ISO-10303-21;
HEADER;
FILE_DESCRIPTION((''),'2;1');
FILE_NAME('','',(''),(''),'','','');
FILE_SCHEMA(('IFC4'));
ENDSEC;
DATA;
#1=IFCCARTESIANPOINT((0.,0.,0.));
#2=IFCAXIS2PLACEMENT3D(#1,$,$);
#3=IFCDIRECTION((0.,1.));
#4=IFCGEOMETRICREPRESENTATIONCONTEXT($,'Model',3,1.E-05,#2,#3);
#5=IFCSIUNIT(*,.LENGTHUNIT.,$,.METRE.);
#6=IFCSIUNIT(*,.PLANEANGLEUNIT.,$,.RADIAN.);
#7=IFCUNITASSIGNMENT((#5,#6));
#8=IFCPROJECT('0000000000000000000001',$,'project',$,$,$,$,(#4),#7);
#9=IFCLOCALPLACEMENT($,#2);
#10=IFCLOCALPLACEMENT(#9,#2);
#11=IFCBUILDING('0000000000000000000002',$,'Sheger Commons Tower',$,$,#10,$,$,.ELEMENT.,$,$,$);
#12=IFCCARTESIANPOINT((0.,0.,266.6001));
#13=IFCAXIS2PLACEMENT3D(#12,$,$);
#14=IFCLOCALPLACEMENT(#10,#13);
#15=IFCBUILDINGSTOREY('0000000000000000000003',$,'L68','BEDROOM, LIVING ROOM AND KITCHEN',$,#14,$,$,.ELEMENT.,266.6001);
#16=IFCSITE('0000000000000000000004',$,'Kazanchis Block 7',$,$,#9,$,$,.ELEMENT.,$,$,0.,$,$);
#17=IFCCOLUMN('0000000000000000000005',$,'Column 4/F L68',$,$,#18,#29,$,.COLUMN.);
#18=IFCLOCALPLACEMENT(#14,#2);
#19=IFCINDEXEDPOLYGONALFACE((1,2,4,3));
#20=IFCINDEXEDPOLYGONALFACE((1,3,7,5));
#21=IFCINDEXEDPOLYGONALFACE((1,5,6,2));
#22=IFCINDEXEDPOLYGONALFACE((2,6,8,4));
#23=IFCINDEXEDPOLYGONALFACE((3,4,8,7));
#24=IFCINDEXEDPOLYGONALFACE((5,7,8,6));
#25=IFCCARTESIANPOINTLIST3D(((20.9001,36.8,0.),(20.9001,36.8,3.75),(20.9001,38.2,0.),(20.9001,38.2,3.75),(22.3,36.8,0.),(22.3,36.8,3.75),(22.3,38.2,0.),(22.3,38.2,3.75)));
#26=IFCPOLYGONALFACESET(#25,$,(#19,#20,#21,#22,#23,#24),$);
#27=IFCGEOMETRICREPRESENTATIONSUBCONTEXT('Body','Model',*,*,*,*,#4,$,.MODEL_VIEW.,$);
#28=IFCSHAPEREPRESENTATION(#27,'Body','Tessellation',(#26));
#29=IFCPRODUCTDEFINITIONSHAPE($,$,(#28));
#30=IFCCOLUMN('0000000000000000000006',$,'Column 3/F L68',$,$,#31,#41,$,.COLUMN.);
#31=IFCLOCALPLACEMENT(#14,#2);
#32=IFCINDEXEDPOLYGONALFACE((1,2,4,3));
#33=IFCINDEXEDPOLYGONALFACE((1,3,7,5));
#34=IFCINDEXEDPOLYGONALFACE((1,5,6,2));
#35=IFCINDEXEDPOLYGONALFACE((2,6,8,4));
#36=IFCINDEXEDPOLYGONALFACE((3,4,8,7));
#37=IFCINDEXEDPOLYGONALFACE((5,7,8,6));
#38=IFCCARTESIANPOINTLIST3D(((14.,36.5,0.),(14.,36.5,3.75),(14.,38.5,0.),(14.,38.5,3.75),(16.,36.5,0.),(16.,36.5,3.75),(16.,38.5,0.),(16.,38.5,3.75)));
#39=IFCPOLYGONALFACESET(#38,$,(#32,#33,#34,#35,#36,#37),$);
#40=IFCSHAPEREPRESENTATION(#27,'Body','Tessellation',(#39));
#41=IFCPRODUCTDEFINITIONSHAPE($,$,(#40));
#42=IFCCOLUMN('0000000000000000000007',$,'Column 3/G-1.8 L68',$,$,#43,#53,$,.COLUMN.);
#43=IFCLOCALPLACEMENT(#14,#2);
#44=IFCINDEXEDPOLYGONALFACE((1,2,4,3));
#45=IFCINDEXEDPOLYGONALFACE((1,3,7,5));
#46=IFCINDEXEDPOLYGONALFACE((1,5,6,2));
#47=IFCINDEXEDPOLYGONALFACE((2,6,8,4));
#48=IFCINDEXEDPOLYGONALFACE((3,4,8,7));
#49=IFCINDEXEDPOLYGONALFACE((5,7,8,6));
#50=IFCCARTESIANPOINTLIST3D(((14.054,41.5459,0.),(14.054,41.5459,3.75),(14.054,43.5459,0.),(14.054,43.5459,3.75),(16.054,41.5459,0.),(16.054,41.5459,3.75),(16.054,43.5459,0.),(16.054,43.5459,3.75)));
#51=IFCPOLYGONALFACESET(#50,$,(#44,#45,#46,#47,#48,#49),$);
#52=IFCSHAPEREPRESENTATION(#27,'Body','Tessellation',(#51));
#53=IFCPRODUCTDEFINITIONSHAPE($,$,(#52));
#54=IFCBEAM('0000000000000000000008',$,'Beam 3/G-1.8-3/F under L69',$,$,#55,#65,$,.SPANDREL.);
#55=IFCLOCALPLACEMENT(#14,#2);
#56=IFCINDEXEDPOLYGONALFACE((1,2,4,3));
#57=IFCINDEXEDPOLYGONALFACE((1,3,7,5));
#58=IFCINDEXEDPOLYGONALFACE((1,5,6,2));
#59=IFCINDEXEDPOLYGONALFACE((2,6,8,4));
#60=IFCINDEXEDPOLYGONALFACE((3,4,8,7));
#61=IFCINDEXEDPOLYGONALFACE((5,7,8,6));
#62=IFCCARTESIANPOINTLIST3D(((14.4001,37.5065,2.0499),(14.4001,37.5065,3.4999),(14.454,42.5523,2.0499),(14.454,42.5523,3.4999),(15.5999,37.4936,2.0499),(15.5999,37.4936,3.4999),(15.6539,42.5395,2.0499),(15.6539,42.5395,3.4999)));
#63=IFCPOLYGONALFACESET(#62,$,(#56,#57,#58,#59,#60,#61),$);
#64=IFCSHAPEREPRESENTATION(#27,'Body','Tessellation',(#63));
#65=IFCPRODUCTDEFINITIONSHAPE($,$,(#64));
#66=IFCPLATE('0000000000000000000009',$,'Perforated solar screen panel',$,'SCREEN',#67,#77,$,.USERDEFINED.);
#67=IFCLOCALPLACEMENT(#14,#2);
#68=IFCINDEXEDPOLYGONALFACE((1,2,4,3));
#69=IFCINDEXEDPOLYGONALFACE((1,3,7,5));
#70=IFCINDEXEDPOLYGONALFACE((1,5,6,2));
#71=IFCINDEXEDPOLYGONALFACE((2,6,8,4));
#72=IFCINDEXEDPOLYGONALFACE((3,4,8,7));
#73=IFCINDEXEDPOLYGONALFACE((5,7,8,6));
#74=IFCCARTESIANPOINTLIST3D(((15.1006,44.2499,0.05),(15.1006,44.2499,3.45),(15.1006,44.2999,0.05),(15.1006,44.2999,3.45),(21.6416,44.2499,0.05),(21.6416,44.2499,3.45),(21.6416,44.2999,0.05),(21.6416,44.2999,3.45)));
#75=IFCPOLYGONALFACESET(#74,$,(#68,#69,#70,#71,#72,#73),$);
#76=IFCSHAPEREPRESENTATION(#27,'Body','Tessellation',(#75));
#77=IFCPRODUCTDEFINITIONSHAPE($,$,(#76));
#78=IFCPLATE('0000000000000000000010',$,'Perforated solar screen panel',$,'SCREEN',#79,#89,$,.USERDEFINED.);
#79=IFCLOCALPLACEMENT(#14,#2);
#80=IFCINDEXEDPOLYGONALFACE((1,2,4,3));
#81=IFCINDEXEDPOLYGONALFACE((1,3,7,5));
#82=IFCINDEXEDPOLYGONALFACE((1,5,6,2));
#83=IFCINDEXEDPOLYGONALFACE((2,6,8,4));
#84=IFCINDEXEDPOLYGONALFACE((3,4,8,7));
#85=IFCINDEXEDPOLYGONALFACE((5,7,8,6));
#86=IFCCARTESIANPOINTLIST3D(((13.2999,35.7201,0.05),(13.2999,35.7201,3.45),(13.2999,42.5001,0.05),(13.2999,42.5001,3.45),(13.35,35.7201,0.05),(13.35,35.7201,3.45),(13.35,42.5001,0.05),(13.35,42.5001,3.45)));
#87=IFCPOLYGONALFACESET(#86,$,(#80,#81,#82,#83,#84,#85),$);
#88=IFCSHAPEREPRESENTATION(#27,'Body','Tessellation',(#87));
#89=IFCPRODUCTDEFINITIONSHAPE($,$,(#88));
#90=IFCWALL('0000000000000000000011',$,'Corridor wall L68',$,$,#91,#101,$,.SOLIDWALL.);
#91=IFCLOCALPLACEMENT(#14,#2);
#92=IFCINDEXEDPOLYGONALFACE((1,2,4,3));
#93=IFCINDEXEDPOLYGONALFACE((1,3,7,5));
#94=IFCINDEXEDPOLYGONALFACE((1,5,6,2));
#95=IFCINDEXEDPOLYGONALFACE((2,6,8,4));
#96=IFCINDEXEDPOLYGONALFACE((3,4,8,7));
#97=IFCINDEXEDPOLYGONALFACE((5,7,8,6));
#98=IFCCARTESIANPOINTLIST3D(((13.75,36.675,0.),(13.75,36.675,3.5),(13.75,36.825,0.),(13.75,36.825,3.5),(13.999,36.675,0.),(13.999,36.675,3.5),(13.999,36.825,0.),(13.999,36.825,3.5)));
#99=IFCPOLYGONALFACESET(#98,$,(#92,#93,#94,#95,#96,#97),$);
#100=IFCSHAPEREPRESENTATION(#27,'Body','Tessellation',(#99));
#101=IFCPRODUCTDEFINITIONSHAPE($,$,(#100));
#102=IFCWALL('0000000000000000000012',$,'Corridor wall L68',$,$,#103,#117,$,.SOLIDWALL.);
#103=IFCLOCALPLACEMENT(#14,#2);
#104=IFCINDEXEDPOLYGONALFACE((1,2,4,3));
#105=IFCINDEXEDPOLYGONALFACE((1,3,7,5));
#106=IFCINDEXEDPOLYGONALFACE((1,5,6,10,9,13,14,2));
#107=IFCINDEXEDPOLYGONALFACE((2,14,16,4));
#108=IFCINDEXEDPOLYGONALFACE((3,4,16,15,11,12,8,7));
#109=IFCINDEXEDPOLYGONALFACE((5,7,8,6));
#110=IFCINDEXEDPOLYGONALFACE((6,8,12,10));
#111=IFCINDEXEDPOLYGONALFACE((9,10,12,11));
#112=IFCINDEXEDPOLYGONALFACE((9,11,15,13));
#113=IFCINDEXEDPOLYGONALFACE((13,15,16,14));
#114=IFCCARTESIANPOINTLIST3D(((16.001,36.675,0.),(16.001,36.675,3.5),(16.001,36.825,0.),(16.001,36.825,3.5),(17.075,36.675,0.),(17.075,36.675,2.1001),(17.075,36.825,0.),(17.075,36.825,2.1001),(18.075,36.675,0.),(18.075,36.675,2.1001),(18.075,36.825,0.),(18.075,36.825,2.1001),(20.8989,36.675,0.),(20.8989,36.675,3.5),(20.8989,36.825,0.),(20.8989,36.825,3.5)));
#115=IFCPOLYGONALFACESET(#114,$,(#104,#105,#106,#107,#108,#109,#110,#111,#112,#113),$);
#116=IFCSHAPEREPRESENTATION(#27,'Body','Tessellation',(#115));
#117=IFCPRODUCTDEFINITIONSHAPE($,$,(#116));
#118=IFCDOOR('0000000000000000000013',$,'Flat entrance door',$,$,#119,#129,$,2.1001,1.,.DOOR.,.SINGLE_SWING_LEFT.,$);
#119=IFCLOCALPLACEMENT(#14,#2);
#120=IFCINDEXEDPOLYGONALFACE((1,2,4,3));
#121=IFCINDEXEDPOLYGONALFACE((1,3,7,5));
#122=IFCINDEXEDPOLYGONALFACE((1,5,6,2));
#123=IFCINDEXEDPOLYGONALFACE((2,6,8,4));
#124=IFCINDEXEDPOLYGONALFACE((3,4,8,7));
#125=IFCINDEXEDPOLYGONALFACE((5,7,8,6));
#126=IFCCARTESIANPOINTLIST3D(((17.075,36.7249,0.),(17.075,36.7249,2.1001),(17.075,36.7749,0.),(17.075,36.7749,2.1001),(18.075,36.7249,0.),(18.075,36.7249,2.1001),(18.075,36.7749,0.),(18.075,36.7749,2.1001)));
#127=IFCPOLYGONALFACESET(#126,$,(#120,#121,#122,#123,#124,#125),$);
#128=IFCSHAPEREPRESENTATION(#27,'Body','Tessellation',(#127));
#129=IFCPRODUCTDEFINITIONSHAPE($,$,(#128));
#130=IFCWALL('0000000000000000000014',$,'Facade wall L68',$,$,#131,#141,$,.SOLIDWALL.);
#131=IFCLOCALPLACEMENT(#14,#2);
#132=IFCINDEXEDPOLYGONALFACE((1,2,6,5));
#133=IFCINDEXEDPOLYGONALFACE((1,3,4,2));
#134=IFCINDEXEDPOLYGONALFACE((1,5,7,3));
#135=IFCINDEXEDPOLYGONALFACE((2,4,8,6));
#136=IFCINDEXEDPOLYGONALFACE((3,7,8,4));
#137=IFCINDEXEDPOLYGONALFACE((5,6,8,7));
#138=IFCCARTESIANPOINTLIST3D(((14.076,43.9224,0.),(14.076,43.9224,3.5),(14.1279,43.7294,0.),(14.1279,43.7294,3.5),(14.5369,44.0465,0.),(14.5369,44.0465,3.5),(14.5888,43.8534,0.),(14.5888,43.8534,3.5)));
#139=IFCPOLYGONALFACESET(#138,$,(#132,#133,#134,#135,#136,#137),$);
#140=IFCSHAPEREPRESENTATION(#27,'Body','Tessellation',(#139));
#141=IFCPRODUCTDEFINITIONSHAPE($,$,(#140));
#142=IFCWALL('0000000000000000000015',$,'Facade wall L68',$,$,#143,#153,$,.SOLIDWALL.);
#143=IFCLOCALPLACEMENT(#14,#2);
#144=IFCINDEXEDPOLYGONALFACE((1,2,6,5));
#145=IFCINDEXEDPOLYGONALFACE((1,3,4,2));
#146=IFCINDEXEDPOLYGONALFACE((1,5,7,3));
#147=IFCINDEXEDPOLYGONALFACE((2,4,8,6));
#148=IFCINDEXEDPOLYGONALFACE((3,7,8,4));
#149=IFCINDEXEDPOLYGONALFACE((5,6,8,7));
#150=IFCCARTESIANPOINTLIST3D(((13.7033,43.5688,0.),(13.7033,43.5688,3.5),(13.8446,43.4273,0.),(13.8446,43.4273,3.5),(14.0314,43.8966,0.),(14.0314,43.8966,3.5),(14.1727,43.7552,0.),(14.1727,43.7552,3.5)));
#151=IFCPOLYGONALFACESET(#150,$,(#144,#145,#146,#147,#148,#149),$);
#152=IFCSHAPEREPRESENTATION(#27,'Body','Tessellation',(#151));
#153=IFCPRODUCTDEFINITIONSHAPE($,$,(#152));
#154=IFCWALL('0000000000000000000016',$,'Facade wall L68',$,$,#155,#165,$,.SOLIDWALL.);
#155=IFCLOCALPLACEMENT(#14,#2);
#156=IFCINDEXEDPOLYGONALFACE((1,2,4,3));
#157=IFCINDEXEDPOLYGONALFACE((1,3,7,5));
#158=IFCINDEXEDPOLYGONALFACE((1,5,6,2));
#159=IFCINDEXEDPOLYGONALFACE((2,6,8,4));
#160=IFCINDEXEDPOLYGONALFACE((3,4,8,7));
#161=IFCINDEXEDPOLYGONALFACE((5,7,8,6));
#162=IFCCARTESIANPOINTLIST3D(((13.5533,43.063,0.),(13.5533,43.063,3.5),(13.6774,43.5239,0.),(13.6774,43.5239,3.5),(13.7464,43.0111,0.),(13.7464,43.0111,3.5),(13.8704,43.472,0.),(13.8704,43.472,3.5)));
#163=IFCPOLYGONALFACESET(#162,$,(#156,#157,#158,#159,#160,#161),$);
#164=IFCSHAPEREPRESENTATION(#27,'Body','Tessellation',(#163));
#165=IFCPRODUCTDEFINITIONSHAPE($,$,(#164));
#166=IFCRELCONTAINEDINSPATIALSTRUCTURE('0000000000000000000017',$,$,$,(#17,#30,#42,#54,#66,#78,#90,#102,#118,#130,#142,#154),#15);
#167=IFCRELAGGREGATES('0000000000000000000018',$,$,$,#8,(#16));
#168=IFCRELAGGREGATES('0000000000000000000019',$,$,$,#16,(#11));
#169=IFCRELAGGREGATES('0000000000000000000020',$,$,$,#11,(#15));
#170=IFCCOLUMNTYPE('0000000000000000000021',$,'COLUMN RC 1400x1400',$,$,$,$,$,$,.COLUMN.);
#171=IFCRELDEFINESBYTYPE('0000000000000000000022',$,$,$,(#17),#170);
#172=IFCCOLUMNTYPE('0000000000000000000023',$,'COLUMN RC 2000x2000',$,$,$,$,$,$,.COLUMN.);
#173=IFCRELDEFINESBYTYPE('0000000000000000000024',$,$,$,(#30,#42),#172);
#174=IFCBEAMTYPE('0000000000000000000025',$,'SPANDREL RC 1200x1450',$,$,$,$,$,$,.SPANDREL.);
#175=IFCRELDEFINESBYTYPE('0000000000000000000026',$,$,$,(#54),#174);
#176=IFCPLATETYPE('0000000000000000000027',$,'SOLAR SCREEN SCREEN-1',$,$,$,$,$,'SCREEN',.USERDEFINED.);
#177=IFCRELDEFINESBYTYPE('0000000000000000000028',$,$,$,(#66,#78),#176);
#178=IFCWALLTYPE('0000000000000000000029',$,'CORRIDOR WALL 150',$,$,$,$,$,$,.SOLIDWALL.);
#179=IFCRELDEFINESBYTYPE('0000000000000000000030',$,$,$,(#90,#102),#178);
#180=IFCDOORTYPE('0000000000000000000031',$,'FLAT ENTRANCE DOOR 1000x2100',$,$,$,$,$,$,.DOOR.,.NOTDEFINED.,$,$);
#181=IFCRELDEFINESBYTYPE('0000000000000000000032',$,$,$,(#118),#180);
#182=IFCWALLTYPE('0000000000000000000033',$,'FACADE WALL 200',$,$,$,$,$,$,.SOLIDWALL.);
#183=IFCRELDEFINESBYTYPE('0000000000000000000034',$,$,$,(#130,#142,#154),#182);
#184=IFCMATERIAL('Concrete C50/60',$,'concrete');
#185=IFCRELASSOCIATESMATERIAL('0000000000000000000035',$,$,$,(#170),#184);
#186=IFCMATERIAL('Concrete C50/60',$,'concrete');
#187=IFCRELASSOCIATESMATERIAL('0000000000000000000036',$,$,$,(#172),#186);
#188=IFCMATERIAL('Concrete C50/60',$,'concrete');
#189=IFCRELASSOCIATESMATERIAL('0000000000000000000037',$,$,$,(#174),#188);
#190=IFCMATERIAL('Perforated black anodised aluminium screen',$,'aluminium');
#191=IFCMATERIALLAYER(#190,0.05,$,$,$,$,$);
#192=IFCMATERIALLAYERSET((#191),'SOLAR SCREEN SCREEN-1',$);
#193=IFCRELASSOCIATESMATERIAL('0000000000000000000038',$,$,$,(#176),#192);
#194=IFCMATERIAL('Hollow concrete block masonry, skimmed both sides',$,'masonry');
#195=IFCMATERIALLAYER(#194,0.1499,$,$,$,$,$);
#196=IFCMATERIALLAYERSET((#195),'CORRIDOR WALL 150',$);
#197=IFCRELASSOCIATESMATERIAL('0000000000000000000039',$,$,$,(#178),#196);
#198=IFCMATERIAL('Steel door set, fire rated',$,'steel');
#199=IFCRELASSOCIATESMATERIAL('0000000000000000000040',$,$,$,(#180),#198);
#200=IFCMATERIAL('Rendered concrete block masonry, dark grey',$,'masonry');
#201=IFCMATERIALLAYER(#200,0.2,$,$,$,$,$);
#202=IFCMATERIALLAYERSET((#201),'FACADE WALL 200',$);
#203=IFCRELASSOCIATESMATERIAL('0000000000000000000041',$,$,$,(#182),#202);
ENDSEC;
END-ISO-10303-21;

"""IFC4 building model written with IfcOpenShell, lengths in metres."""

from ifc_helpers import new_model, si_unit, direction, frame, frame_2d, origin, origin_2d, place, context, subcontext, project, spatial, rectangle, extrude, material, layer, layer_set, material_profile, profile_set, type_object, element, fill, save


model = new_model("IFC4")

# Units and contexts
model_context = context("Model", 3, precision=1e-05, world=origin(), true_north=direction((0.0, 1.0)))
body_context = subcontext(model_context, "Body", "Model", "MODEL_VIEW")
ifc_project = project(units=[si_unit("LENGTHUNIT", "METRE"), si_unit("PLANEANGLEUNIT", "RADIAN")], contexts=[model_context])

# Site, building, storey
site_placement = place(None, origin())
site = spatial("IfcSite", under=ifc_project, at=site_placement, Name="Kazanchis Block 7", CompositionType="ELEMENT", RefElevation=0.0)
building_placement = place(site_placement, origin())
building = spatial("IfcBuilding", under=site, at=building_placement, Name="Sheger Commons Tower", CompositionType="ELEMENT")
storey_placement = place(building_placement, frame((0.0, 0.0, 266.6001)))
storey = spatial("IfcBuildingStorey", under=building, at=storey_placement, Name="L68", Description="BEDROOM, LIVING ROOM AND KITCHEN", CompositionType="ELEMENT", Elevation=266.6001)

# Columns
ifc_material_1 = material(Name="Concrete C50/60", Category="concrete")
ifc_material_profile_1 = material_profile(ifc_material_1, rectangle(XDim=1.3999, YDim=1.3999, at=origin_2d()), Name="RC 1400x1400")
ifc_profile_set_1 = profile_set([ifc_material_profile_1], Name="Concrete C50/60")
column_type_1 = type_object("IfcColumnType", Name="COLUMN RC 1400x1400", PredefinedType="COLUMN", material=ifc_profile_set_1)
column_placement = place(storey_placement, frame((21.6001, 37.5, 0.0), z_axis=(0.0, 0.0, 1.0), x_axis=(1.0, 0.0, 0.0)))
element("IfcColumn", 1, at=column_placement, inside=storey, type_object=column_type_1, Name="Column 4/F L68", PredefinedType="COLUMN", context=body_context, shape_type="SweptSolid", body=[
    extrude(rectangle(XDim=1.3999, YDim=1.3999, at=origin_2d()), origin(), (0.0, 0.0, 1.0), 3.75),
])
ifc_material_2 = material(Name="Concrete C50/60", Category="concrete")
ifc_material_profile_2 = material_profile(ifc_material_2, rectangle(XDim=2.0, YDim=2.0, at=origin_2d()), Name="RC 2000x2000")
ifc_profile_set_2 = profile_set([ifc_material_profile_2], Name="Concrete C50/60")
column_type_2 = type_object("IfcColumnType", Name="COLUMN RC 2000x2000", PredefinedType="COLUMN", material=ifc_profile_set_2)
for number, where, z_axis, x_axis, name in (
    (2, (15.0, 37.5, 0.0), (0.0, 0.0, 1.0), (1.0, 0.0, 0.0), "Column 3/F L68"),
    (3, (15.054, 42.5459, 0.0), (0.0, 0.0, 1.0), (1.0, 0.0, 0.0), "Column 3/G-1.8 L68"),
):
    element("IfcColumn", number, at=place(storey_placement, frame(where, z_axis=z_axis, x_axis=x_axis)), inside=storey, type_object=column_type_2, Name=name, PredefinedType="COLUMN", context=body_context, shape_type="SweptSolid", body=[
        extrude(rectangle(XDim=2.0, YDim=2.0, at=origin_2d()), origin(), (0.0, 0.0, 1.0), 3.75),
    ])

# Beam
ifc_material_3 = material(Name="Concrete C50/60", Category="concrete")
ifc_material_profile_3 = material_profile(ifc_material_3, rectangle(XDim=1.2, YDim=1.45, at=origin_2d()), Name="RC 1200x1450")
ifc_profile_set_3 = profile_set([ifc_material_profile_3], Name="Concrete C50/60")
beam_type = type_object("IfcBeamType", Name="SPANDREL RC 1200x1450", PredefinedType="SPANDREL", material=ifc_profile_set_3)
beam_placement = place(storey_placement, frame((15.054, 42.5459, 2.7749), z_axis=(-0.010692, -0.999943, 0.0), x_axis=(0.999943, -0.010692, 0.0)))
element("IfcBeam", 4, at=beam_placement, inside=storey, type_object=beam_type, Name="Beam 3/G-1.8-3/F under L69", PredefinedType="SPANDREL", context=body_context, shape_type="SweptSolid", body=[
    extrude(rectangle(XDim=1.2, YDim=1.45, at=origin_2d()), origin(), (0.0, 0.0, 1.0), 5.0461),
])

# Plates
ifc_material_4 = material(Name="Perforated black anodised aluminium screen", Category="aluminium")
ifc_layer_1 = layer(ifc_material_4, 0.05)
ifc_layer_set_1 = layer_set([ifc_layer_1], Name="SOLAR SCREEN SCREEN-1")
plate_type = type_object("IfcPlateType", Name="SOLAR SCREEN SCREEN-1", ElementType="SCREEN", PredefinedType="USERDEFINED", material=ifc_layer_set_1)
plate_1_placement = place(storey_placement, frame((18.3711, 44.2749, 0.05), z_axis=(0.0, 0.0, 1.0), x_axis=(-1.0, 0.0, 0.0)))
element("IfcPlate", 5, at=plate_1_placement, inside=storey, type_object=plate_type, Name="Perforated solar screen panel", ObjectType="SCREEN", PredefinedType="USERDEFINED", context=body_context, shape_type="SweptSolid", body=[
    extrude(rectangle(XDim=6.541, YDim=0.05, at=origin_2d()), origin(), (0.0, 0.0, 1.0), 3.3999),
])
plate_2_placement = place(storey_placement, frame((13.325, 39.1101, 0.05), z_axis=(0.0, 0.0, 1.0), x_axis=(0.0, -1.0, 0.0)))
element("IfcPlate", 6, at=plate_2_placement, inside=storey, type_object=plate_type, Name="Perforated solar screen panel", ObjectType="SCREEN", PredefinedType="USERDEFINED", context=body_context, shape_type="SweptSolid", body=[
    extrude(rectangle(XDim=6.78, YDim=0.05, at=origin_2d()), origin(), (0.0, 0.0, 1.0), 3.3999),
])

# Wall
ifc_material_5 = material(Name="Hollow concrete block masonry, skimmed both sides", Category="masonry")
ifc_layer_2 = layer(ifc_material_5, 0.1499)
ifc_layer_set_2 = layer_set([ifc_layer_2], Name="CORRIDOR WALL 150")
wall_type_1 = type_object("IfcWallType", Name="CORRIDOR WALL 150", PredefinedType="SOLIDWALL", material=ifc_layer_set_2)
wall_1_placement = place(storey_placement, frame((13.75, 36.75, 0.0), z_axis=(0.0, 0.0, 1.0), x_axis=(1.0, 0.0, 0.0)))
element("IfcWall", 7, at=wall_1_placement, inside=storey, type_object=wall_type_1, Name="Corridor wall L68", PredefinedType="SOLIDWALL", context=body_context, shape_type="SweptSolid", body=[
    extrude(rectangle(XDim=0.249, YDim=0.1499, at=frame_2d((0.1245, 0.0))), origin(), (0.0, 0.0, 1.0), 3.5),
])

# Wall, opening, door
wall_2_placement = place(storey_placement, frame((16.001, 36.75, 0.0), z_axis=(0.0, 0.0, 1.0), x_axis=(1.0, 0.0, 0.0)))
wall_2 = element("IfcWall", 8, at=wall_2_placement, inside=storey, type_object=wall_type_1, Name="Corridor wall L68", PredefinedType="SOLIDWALL", context=body_context, shape_type="SweptSolid", body=[
    extrude(rectangle(XDim=4.8979, YDim=0.1499, at=frame_2d((2.449, 0.0))), origin(), (0.0, 0.0, 1.0), 3.5),
])
opening_1_placement = place(wall_2_placement, frame((1.074, 0.0, 0.0)))
opening_1 = element("IfcOpeningElement", 9, at=opening_1_placement, cuts=wall_2, PredefinedType="OPENING", context=body_context, shape_type="SweptSolid", body=[
    extrude(rectangle(XDim=1.0, YDim=2.1001, at=frame_2d((0.5, 1.05))), frame((0.0, 0.085, 0.0), z_axis=(0.0, -1.0, 0.0), x_axis=(1.0, 0.0, 0.0)), (0.0, 0.0, 1.0), 0.1699),
])
ifc_material_6 = material(Name="Steel door set, fire rated", Category="steel")
door_type_1 = type_object("IfcDoorType", Name="FLAT ENTRANCE DOOR 1000x2100", OperationType="NOTDEFINED", PredefinedType="DOOR", material=ifc_material_6)
door_1_placement = place(opening_1_placement, origin())
door_1 = element("IfcDoor", 10, at=door_1_placement, inside=storey, type_object=door_type_1, Name="Flat entrance door", OperationType="SINGLE_SWING_LEFT", OverallHeight=2.1001, OverallWidth=1.0, PredefinedType="DOOR", context=body_context, shape_type="SweptSolid", body=[
    extrude(rectangle(XDim=1.0, YDim=2.1001, at=frame_2d((0.5, 1.05))), frame((0.0, 0.0249, 0.0), z_axis=(0.0, -1.0, 0.0), x_axis=(1.0, 0.0, 0.0)), (0.0, 0.0, 1.0), 0.05),
])
fill(opening_1, door_1)

# Walls
ifc_material_7 = material(Name="Rendered concrete block masonry, dark grey", Category="masonry")
ifc_layer_3 = layer(ifc_material_7, 0.2)
ifc_layer_set_3 = layer_set([ifc_layer_3], Name="FACADE WALL 200")
wall_type_2 = type_object("IfcWallType", Name="FACADE WALL 200", PredefinedType="SOLIDWALL", material=ifc_layer_set_3)
wall_3_placement = place(storey_placement, frame((14.563, 43.95, 0.0), z_axis=(0.0, 0.0, 1.0), x_axis=(-0.965655, -0.259827, 0.0)))
element("IfcWall", 11, at=wall_3_placement, inside=storey, type_object=wall_type_2, Name="Facade wall L68", PredefinedType="SOLIDWALL", context=body_context, shape_type="SweptSolid", body=[
    extrude(rectangle(XDim=0.4773, YDim=0.2, at=frame_2d((0.2388, 0.0))), origin(), (0.0, 0.0, 1.0), 3.5),
])
wall_4_placement = place(storey_placement, frame((14.1021, 43.8259, 0.0), z_axis=(0.0, 0.0, 1.0), x_axis=(-0.70737, -0.706844, 0.0)))
element("IfcWall", 12, at=wall_4_placement, inside=storey, type_object=wall_type_2, Name="Facade wall L68", PredefinedType="SOLIDWALL", context=body_context, shape_type="SweptSolid", body=[
    extrude(rectangle(XDim=0.4639, YDim=0.2, at=frame_2d((0.2319, 0.0))), origin(), (0.0, 0.0, 1.0), 3.5),
])
wall_5_placement = place(storey_placement, frame((13.7739, 43.498, 0.0), z_axis=(0.0, 0.0, 1.0), x_axis=(-0.259827, -0.965655, 0.0)))
element("IfcWall", 13, at=wall_5_placement, inside=storey, type_object=wall_type_2, Name="Facade wall L68", PredefinedType="SOLIDWALL", context=body_context, shape_type="SweptSolid", body=[
    extrude(rectangle(XDim=0.4773, YDim=0.2, at=frame_2d((0.2388, 0.0))), origin(), (0.0, 0.0, 1.0), 3.5),
])

save(model, "model.ifc")
